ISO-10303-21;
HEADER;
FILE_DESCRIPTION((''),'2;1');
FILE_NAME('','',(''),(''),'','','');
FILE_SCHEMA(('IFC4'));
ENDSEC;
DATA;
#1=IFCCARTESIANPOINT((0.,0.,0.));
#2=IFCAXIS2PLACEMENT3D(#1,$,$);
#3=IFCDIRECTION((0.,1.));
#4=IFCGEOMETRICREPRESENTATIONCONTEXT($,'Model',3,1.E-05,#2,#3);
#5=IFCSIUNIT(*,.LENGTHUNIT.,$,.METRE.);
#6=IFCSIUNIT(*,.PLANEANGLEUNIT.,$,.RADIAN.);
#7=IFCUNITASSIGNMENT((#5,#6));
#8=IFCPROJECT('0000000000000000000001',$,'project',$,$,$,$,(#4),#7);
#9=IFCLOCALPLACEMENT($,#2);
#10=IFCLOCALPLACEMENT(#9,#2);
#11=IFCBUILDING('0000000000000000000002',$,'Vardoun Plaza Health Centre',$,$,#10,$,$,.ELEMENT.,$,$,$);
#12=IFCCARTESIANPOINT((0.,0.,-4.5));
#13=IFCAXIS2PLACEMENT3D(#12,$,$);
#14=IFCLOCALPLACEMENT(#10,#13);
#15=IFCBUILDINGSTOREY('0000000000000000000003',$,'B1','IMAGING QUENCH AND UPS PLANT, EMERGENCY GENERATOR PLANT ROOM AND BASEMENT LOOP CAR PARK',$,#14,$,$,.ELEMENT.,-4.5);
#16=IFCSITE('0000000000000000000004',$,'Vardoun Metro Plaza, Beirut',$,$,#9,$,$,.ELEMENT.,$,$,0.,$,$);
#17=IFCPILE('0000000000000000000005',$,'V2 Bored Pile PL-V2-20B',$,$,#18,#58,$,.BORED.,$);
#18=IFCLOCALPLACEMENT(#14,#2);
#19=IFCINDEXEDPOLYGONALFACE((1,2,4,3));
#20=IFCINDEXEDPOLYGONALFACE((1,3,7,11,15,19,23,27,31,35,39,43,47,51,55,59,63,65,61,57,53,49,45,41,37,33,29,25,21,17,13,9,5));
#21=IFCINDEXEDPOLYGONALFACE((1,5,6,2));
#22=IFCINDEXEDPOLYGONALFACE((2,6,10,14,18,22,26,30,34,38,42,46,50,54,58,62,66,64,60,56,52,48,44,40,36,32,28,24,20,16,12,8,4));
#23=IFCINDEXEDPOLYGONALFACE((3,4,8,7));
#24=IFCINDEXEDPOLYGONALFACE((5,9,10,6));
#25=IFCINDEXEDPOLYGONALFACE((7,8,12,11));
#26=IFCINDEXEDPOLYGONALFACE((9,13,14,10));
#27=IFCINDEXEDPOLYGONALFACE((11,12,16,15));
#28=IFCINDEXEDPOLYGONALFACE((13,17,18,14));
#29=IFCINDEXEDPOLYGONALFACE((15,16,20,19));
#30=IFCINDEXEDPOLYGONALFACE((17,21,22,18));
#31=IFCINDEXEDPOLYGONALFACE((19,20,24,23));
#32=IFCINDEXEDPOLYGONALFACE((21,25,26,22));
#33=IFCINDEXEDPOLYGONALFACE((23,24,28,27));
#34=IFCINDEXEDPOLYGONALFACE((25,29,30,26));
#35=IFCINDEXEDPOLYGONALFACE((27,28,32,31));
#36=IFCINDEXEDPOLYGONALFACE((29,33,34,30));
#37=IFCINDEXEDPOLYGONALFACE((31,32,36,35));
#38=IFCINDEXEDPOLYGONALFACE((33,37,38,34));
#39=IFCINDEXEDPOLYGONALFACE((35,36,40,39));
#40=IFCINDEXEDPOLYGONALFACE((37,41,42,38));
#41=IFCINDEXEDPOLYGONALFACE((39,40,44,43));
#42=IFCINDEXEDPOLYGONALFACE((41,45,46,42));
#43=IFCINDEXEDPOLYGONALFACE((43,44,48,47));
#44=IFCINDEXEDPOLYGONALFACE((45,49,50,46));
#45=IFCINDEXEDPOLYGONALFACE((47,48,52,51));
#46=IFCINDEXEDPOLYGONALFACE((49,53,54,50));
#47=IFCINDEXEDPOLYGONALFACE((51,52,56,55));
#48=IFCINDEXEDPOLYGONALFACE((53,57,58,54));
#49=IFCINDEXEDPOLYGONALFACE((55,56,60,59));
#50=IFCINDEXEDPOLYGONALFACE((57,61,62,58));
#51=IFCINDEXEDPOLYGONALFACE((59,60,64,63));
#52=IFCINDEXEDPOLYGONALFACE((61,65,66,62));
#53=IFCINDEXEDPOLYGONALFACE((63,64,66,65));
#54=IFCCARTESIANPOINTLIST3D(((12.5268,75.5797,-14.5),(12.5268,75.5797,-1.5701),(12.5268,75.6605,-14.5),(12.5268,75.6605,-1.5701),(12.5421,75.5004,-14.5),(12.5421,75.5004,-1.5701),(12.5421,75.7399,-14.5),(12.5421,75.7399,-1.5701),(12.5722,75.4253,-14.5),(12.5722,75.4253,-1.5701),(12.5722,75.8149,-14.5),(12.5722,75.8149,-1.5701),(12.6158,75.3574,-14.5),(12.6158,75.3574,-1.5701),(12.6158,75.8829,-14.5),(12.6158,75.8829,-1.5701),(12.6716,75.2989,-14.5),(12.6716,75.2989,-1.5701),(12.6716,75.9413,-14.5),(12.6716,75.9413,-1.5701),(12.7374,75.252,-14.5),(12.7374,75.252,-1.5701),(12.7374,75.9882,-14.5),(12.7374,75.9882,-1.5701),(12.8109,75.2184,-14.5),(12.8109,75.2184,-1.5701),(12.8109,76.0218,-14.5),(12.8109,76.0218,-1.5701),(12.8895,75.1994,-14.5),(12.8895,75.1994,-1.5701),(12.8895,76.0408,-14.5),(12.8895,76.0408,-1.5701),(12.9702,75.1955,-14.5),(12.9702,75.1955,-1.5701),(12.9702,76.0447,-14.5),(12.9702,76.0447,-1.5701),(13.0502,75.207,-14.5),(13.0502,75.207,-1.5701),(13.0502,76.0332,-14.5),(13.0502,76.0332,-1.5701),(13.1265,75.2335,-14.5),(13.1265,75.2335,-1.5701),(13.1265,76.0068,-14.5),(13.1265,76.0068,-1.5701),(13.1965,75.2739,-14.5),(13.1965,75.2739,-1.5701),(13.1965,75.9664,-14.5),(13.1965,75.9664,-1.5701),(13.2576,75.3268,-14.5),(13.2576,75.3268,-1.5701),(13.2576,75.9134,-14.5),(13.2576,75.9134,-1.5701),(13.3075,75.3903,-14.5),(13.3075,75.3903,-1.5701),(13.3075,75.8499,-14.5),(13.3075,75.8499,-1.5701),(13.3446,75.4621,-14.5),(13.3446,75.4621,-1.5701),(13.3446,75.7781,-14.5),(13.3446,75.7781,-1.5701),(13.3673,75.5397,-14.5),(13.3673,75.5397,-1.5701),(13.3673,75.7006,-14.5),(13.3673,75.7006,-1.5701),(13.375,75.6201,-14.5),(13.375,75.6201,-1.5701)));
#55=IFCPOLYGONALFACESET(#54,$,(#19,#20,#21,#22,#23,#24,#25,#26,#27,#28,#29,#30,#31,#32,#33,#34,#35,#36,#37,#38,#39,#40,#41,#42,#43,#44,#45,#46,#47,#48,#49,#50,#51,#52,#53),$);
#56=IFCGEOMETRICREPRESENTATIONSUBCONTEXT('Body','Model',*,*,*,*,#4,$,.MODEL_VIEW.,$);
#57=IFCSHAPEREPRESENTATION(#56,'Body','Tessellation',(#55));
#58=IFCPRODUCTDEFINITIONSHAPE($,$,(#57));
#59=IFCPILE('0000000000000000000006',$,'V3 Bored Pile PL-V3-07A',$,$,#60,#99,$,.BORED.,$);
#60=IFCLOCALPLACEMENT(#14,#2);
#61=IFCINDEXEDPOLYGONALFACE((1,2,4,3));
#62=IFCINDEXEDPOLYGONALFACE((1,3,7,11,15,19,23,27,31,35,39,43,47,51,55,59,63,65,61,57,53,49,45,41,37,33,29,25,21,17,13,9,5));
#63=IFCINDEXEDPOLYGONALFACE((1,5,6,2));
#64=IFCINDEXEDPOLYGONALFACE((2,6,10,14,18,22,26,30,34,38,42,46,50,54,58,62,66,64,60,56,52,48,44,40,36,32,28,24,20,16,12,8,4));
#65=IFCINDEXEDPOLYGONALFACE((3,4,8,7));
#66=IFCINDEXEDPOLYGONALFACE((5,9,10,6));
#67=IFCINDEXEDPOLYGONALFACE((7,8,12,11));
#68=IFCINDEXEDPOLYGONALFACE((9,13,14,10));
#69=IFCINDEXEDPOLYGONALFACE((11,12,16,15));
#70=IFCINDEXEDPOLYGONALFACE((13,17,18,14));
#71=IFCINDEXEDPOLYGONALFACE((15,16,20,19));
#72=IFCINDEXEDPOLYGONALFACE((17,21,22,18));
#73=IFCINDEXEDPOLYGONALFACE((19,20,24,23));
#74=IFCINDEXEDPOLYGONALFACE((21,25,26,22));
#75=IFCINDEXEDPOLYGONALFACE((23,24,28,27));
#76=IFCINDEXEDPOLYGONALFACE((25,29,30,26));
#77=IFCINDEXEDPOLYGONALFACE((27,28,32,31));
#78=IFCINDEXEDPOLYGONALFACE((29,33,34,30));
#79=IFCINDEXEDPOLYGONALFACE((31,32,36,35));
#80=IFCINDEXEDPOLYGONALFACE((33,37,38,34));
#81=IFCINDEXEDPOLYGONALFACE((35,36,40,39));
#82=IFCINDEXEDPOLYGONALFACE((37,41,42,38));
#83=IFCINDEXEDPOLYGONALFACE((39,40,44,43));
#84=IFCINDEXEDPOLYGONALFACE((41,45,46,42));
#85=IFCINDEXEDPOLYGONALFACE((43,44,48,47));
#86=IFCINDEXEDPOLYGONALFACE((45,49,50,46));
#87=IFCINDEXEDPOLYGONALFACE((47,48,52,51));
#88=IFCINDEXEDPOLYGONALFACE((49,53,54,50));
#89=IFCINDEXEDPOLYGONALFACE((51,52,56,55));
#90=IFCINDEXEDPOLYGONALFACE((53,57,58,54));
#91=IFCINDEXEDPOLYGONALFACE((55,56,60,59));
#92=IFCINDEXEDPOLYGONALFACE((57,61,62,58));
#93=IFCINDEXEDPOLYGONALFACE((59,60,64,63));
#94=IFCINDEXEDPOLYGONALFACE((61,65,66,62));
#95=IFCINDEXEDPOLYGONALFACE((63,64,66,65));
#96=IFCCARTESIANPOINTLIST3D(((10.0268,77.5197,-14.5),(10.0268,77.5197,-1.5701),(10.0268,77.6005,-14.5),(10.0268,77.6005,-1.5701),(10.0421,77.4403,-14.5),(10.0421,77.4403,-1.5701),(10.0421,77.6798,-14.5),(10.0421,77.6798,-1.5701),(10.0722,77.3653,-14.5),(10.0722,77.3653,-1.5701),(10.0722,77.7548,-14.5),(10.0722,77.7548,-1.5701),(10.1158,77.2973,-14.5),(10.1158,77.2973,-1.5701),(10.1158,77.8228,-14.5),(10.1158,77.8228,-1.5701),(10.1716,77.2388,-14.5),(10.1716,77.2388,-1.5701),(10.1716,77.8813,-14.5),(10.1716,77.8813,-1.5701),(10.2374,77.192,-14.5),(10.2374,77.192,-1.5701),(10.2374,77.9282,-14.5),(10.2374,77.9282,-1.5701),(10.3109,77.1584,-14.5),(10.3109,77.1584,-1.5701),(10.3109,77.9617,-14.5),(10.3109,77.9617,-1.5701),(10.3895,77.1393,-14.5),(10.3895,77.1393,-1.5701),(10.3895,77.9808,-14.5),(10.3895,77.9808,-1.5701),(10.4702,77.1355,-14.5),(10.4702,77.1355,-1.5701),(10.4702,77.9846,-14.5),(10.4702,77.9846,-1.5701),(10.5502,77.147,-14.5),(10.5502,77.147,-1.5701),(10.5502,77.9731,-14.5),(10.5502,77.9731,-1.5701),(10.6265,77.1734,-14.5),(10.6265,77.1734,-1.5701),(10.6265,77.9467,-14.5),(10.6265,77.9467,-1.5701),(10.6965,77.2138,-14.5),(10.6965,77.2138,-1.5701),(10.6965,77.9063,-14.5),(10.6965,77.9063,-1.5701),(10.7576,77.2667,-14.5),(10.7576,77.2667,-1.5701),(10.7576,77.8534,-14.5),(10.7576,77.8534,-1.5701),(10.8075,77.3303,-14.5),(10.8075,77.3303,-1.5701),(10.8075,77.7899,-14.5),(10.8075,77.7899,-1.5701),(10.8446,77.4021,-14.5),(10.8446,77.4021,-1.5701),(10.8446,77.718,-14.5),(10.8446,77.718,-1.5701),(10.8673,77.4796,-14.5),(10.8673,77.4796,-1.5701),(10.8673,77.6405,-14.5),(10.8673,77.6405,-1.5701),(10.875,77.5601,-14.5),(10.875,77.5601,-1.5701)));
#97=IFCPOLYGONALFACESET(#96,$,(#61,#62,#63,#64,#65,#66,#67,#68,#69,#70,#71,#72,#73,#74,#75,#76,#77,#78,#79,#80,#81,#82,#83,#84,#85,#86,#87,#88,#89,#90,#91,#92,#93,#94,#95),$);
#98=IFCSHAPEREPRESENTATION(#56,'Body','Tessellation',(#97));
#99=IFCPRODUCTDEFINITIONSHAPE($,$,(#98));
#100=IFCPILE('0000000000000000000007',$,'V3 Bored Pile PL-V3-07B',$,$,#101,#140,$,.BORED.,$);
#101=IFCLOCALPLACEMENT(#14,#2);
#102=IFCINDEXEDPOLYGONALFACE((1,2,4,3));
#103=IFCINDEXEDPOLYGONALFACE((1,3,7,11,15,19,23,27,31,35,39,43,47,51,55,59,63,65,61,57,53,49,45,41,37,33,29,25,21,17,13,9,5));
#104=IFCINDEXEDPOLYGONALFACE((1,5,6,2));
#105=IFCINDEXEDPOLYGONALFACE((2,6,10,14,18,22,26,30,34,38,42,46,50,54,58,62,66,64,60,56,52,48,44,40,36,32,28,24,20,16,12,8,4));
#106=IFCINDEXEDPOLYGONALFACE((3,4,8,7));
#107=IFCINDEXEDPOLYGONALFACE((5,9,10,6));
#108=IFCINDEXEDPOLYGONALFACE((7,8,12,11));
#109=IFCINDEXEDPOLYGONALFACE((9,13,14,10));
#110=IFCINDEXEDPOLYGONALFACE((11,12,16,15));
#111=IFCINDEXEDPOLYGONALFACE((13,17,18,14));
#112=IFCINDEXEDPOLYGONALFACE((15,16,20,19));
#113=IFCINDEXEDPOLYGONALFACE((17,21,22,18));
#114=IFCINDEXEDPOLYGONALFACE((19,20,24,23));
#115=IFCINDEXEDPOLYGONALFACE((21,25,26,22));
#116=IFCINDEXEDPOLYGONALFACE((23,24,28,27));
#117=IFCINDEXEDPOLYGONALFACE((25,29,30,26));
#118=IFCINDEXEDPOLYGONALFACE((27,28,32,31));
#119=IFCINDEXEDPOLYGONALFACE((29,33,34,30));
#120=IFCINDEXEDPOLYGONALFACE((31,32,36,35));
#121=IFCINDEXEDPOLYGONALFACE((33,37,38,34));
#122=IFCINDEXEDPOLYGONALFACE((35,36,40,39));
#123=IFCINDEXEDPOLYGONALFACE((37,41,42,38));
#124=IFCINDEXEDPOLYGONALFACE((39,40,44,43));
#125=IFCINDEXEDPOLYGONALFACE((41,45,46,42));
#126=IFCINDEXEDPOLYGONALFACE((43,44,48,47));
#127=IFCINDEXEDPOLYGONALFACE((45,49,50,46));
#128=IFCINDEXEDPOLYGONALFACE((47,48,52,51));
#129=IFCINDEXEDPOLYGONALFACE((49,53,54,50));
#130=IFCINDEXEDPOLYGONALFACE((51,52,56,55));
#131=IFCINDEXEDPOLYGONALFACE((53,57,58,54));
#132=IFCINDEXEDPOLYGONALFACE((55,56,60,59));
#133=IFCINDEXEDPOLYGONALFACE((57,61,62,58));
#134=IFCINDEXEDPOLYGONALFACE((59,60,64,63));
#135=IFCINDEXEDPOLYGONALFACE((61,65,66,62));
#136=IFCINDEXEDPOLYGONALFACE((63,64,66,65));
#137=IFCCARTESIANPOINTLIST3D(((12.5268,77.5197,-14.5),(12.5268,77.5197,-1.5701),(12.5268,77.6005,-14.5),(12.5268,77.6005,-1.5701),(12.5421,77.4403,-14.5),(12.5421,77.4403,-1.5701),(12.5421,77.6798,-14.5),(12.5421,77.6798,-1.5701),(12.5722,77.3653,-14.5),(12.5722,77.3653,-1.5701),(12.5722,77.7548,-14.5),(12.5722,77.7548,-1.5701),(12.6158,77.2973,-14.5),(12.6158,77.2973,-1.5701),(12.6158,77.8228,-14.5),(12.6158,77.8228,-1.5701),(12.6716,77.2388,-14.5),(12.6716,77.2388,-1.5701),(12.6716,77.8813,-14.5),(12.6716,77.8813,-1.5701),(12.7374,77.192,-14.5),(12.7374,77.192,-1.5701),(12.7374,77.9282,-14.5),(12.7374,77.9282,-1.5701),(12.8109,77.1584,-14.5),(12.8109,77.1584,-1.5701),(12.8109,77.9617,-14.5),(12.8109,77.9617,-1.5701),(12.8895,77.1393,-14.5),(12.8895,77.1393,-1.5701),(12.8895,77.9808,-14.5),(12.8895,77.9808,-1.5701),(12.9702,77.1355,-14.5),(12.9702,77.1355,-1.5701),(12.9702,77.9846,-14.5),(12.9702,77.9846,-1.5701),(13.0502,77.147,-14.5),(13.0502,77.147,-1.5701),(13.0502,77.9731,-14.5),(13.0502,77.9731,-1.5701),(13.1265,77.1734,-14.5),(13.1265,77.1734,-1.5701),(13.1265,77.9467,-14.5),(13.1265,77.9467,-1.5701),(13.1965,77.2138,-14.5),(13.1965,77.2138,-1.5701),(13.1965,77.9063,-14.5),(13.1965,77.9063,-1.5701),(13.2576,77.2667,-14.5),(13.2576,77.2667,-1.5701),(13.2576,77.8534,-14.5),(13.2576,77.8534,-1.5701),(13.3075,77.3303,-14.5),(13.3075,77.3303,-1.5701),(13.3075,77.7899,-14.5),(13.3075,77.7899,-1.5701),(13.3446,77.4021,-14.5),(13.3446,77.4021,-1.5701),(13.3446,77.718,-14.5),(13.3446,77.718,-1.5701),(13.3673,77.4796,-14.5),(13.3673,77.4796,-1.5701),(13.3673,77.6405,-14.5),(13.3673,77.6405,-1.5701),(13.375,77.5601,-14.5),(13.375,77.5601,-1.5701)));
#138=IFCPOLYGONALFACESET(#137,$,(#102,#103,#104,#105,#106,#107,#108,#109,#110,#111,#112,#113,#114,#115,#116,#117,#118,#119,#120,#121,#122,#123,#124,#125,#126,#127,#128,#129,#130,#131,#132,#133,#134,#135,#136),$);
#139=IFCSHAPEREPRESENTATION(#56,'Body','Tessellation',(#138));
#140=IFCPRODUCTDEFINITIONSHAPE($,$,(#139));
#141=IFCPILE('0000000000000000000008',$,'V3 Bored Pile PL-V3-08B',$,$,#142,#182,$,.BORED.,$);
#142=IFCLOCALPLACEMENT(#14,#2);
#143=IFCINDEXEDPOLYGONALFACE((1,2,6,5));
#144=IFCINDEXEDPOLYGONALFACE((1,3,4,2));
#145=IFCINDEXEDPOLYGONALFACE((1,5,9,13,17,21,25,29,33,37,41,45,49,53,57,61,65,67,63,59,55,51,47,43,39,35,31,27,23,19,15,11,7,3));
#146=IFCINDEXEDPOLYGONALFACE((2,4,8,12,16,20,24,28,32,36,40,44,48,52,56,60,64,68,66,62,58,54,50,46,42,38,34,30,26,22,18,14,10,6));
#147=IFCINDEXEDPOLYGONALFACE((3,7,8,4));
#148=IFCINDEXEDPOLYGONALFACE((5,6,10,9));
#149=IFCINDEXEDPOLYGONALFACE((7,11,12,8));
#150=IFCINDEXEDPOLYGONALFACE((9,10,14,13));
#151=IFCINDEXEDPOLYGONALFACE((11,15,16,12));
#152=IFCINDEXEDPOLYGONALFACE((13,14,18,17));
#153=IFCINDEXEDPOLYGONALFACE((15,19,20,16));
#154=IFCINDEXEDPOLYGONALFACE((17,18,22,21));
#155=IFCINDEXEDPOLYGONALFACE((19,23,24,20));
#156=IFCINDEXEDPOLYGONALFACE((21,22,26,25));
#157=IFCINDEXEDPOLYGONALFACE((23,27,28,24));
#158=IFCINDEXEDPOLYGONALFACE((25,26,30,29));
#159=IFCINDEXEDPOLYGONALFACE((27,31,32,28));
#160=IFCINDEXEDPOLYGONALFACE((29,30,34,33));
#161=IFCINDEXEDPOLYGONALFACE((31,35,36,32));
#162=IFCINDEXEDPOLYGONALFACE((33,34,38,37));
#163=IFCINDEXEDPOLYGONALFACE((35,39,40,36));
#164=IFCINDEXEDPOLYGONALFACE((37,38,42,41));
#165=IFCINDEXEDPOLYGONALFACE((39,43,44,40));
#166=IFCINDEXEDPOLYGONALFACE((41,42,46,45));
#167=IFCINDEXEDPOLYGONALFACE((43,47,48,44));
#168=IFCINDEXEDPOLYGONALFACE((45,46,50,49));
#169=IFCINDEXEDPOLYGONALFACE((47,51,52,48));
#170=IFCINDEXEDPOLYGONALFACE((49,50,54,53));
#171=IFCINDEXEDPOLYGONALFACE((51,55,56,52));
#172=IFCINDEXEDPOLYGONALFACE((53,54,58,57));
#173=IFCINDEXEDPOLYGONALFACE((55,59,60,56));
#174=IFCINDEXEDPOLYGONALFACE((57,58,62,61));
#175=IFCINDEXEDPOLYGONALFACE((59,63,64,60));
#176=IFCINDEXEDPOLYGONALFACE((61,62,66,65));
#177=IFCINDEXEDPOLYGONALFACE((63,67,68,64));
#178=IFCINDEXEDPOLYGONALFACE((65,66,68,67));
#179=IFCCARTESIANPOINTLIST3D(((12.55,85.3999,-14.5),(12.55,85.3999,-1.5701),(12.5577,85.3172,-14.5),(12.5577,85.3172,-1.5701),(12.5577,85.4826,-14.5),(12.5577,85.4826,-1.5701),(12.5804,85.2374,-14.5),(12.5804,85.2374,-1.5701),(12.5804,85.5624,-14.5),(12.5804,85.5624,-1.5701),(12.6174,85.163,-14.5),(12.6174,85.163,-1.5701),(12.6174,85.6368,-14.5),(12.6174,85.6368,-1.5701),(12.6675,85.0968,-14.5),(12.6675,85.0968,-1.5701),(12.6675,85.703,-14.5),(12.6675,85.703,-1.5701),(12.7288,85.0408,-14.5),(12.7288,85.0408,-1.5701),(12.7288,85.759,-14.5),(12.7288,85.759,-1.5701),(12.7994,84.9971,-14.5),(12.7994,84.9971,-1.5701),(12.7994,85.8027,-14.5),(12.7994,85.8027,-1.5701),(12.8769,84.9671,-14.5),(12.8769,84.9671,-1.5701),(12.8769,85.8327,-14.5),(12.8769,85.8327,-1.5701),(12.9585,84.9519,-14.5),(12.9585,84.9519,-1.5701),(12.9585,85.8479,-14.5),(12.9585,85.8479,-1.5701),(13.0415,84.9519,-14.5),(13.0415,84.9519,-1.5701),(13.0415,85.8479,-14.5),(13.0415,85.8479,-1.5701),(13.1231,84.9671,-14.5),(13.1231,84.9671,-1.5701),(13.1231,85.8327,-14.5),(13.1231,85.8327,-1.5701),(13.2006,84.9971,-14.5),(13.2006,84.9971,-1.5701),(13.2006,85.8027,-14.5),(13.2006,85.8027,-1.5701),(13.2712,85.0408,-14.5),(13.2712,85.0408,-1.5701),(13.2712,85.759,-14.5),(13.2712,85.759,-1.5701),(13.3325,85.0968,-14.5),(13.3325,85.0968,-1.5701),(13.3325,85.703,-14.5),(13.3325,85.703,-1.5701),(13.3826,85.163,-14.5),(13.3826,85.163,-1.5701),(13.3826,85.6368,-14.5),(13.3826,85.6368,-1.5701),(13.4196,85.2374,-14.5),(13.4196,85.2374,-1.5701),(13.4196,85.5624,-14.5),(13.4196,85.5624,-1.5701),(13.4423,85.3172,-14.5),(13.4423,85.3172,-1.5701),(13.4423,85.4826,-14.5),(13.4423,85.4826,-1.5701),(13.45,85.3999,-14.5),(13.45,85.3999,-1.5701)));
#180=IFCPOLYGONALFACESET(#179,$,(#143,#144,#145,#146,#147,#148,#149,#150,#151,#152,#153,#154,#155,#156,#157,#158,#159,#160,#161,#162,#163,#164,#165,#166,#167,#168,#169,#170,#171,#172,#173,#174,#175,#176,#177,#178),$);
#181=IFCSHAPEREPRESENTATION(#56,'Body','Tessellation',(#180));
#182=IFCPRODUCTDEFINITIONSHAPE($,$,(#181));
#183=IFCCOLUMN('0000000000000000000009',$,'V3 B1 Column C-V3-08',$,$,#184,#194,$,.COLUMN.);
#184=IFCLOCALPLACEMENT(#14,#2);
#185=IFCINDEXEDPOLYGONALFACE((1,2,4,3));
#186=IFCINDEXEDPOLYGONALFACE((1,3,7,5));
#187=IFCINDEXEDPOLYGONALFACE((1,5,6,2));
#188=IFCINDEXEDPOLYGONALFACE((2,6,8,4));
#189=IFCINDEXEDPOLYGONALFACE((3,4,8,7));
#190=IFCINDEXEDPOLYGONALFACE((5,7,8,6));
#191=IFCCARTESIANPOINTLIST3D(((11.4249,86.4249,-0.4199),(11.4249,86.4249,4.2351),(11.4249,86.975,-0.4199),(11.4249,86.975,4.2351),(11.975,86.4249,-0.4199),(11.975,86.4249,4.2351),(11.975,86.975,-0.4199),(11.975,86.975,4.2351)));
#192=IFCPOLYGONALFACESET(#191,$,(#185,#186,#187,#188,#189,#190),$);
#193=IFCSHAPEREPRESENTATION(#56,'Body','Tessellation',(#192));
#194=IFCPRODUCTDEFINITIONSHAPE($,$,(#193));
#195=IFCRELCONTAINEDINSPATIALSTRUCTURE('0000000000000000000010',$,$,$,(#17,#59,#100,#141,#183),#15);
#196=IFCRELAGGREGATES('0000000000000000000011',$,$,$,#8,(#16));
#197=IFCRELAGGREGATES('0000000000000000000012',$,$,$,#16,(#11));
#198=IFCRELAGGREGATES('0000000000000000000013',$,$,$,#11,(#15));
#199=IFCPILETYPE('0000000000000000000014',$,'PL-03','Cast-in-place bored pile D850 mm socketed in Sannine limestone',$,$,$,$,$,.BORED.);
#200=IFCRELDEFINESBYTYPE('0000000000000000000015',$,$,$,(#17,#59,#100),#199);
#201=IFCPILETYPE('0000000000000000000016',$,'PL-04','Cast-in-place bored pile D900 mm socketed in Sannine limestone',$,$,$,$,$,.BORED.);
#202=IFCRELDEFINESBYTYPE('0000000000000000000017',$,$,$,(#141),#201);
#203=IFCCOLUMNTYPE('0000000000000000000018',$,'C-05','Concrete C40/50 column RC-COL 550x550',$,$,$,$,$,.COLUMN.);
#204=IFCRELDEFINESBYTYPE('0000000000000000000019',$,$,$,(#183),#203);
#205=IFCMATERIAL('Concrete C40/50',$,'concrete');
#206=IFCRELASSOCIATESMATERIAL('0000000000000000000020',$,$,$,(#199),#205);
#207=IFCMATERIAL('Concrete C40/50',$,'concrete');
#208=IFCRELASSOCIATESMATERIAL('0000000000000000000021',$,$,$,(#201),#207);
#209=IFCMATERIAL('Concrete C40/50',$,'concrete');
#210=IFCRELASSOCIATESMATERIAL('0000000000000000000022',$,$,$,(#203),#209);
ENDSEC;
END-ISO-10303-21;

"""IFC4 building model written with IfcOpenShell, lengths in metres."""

from ifc_helpers import new_model, si_unit, direction, frame, origin, origin_2d, place, context, subcontext, project, spatial, rectangle, circle, extrude, material, material_profile, profile_set, type_object, element, save


model = new_model("IFC4")

# Units and contexts
model_context = context("Model", 3, precision=1e-05, world=origin(), true_north=direction((0.0, 1.0)))
body_context = subcontext(model_context, "Body", "Model", "MODEL_VIEW")
ifc_project = project(units=[si_unit("LENGTHUNIT", "METRE"), si_unit("PLANEANGLEUNIT", "RADIAN")], contexts=[model_context])

# Site, building, storey
site_placement = place(None, origin())
site = spatial("IfcSite", under=ifc_project, at=site_placement, Name="Vardoun Metro Plaza, Beirut", CompositionType="ELEMENT", RefElevation=0.0)
building_placement = place(site_placement, origin())
building = spatial("IfcBuilding", under=site, at=building_placement, Name="Vardoun Plaza Health Centre", CompositionType="ELEMENT")
storey_placement = place(building_placement, frame((0.0, 0.0, -4.5)))
storey = spatial("IfcBuildingStorey", under=building, at=storey_placement, Name="B1", Description="IMAGING QUENCH AND UPS PLANT, EMERGENCY GENERATOR PLANT ROOM AND BASEMENT LOOP CAR PARK", CompositionType="ELEMENT", Elevation=-4.5)

# Piles
ifc_material_1 = material(Name="Concrete C40/50", Category="concrete")
ifc_material_profile_1 = material_profile(ifc_material_1, circle(Radius=0.425, at=origin_2d()), Name="PILE D850")
ifc_profile_set_1 = profile_set([ifc_material_profile_1], Name="Concrete C40/50")
pile_type_1 = type_object("IfcPileType", Name="PL-03", Description="Cast-in-place bored pile D850 mm socketed in Sannine limestone", PredefinedType="BORED", material=ifc_profile_set_1)
for number, where, z_axis, x_axis, name in (
    (1, (12.95, 75.6201, -1.5701), (0.0, 0.0, -1.0), (1.0, 0.0, 0.0), "V2 Bored Pile PL-V2-20B"),
    (2, (10.45, 77.5601, -1.5701), (0.0, 0.0, -1.0), (1.0, 0.0, 0.0), "V3 Bored Pile PL-V3-07A"),
    (3, (12.95, 77.5601, -1.5701), (0.0, 0.0, -1.0), (1.0, 0.0, 0.0), "V3 Bored Pile PL-V3-07B"),
):
    element("IfcPile", number, at=place(storey_placement, frame(where, z_axis=z_axis, x_axis=x_axis)), inside=storey, type_object=pile_type_1, Name=name, PredefinedType="BORED", context=body_context, shape_type="SweptSolid", body=[
        extrude(circle(Radius=0.425, at=origin_2d()), origin(), (0.0, 0.0, 1.0), 12.9299),
    ])
ifc_material_2 = material(Name="Concrete C40/50", Category="concrete")
ifc_material_profile_2 = material_profile(ifc_material_2, circle(Radius=0.45, at=origin_2d()), Name="PILE D900")
ifc_profile_set_2 = profile_set([ifc_material_profile_2], Name="Concrete C40/50")
pile_type_2 = type_object("IfcPileType", Name="PL-04", Description="Cast-in-place bored pile D900 mm socketed in Sannine limestone", PredefinedType="BORED", material=ifc_profile_set_2)
pile_1_placement = place(storey_placement, frame((13.0, 85.3999, -1.5701), z_axis=(0.0, 0.0, -1.0), x_axis=(1.0, 0.0, 0.0)))
element("IfcPile", 4, at=pile_1_placement, inside=storey, type_object=pile_type_2, Name="V3 Bored Pile PL-V3-08B", PredefinedType="BORED", context=body_context, shape_type="SweptSolid", body=[
    extrude(circle(Radius=0.45, at=origin_2d()), origin(), (0.0, 0.0, 1.0), 12.9299),
])

# Column
ifc_material_3 = material(Name="Concrete C40/50", Category="concrete")
ifc_material_profile_3 = material_profile(ifc_material_3, rectangle(XDim=0.55, YDim=0.55, at=origin_2d()), Name="RC-COL 550x550")
ifc_profile_set_3 = profile_set([ifc_material_profile_3], Name="Concrete C40/50")
column_type_1 = type_object("IfcColumnType", Name="C-05", Description="Concrete C40/50 column RC-COL 550x550", PredefinedType="COLUMN", material=ifc_profile_set_3)
column_1_placement = place(storey_placement, frame((11.7, 86.7, -0.4199), z_axis=(0.0, 0.0, 1.0), x_axis=(1.0, 0.0, 0.0)))
element("IfcColumn", 5, at=column_1_placement, inside=storey, type_object=column_type_1, Name="V3 B1 Column C-V3-08", PredefinedType="COLUMN", context=body_context, shape_type="SweptSolid", body=[
    extrude(rectangle(XDim=0.55, YDim=0.55, at=origin_2d()), origin(), (0.0, 0.0, 1.0), 4.655),
])

save(model, "model.ifc")
